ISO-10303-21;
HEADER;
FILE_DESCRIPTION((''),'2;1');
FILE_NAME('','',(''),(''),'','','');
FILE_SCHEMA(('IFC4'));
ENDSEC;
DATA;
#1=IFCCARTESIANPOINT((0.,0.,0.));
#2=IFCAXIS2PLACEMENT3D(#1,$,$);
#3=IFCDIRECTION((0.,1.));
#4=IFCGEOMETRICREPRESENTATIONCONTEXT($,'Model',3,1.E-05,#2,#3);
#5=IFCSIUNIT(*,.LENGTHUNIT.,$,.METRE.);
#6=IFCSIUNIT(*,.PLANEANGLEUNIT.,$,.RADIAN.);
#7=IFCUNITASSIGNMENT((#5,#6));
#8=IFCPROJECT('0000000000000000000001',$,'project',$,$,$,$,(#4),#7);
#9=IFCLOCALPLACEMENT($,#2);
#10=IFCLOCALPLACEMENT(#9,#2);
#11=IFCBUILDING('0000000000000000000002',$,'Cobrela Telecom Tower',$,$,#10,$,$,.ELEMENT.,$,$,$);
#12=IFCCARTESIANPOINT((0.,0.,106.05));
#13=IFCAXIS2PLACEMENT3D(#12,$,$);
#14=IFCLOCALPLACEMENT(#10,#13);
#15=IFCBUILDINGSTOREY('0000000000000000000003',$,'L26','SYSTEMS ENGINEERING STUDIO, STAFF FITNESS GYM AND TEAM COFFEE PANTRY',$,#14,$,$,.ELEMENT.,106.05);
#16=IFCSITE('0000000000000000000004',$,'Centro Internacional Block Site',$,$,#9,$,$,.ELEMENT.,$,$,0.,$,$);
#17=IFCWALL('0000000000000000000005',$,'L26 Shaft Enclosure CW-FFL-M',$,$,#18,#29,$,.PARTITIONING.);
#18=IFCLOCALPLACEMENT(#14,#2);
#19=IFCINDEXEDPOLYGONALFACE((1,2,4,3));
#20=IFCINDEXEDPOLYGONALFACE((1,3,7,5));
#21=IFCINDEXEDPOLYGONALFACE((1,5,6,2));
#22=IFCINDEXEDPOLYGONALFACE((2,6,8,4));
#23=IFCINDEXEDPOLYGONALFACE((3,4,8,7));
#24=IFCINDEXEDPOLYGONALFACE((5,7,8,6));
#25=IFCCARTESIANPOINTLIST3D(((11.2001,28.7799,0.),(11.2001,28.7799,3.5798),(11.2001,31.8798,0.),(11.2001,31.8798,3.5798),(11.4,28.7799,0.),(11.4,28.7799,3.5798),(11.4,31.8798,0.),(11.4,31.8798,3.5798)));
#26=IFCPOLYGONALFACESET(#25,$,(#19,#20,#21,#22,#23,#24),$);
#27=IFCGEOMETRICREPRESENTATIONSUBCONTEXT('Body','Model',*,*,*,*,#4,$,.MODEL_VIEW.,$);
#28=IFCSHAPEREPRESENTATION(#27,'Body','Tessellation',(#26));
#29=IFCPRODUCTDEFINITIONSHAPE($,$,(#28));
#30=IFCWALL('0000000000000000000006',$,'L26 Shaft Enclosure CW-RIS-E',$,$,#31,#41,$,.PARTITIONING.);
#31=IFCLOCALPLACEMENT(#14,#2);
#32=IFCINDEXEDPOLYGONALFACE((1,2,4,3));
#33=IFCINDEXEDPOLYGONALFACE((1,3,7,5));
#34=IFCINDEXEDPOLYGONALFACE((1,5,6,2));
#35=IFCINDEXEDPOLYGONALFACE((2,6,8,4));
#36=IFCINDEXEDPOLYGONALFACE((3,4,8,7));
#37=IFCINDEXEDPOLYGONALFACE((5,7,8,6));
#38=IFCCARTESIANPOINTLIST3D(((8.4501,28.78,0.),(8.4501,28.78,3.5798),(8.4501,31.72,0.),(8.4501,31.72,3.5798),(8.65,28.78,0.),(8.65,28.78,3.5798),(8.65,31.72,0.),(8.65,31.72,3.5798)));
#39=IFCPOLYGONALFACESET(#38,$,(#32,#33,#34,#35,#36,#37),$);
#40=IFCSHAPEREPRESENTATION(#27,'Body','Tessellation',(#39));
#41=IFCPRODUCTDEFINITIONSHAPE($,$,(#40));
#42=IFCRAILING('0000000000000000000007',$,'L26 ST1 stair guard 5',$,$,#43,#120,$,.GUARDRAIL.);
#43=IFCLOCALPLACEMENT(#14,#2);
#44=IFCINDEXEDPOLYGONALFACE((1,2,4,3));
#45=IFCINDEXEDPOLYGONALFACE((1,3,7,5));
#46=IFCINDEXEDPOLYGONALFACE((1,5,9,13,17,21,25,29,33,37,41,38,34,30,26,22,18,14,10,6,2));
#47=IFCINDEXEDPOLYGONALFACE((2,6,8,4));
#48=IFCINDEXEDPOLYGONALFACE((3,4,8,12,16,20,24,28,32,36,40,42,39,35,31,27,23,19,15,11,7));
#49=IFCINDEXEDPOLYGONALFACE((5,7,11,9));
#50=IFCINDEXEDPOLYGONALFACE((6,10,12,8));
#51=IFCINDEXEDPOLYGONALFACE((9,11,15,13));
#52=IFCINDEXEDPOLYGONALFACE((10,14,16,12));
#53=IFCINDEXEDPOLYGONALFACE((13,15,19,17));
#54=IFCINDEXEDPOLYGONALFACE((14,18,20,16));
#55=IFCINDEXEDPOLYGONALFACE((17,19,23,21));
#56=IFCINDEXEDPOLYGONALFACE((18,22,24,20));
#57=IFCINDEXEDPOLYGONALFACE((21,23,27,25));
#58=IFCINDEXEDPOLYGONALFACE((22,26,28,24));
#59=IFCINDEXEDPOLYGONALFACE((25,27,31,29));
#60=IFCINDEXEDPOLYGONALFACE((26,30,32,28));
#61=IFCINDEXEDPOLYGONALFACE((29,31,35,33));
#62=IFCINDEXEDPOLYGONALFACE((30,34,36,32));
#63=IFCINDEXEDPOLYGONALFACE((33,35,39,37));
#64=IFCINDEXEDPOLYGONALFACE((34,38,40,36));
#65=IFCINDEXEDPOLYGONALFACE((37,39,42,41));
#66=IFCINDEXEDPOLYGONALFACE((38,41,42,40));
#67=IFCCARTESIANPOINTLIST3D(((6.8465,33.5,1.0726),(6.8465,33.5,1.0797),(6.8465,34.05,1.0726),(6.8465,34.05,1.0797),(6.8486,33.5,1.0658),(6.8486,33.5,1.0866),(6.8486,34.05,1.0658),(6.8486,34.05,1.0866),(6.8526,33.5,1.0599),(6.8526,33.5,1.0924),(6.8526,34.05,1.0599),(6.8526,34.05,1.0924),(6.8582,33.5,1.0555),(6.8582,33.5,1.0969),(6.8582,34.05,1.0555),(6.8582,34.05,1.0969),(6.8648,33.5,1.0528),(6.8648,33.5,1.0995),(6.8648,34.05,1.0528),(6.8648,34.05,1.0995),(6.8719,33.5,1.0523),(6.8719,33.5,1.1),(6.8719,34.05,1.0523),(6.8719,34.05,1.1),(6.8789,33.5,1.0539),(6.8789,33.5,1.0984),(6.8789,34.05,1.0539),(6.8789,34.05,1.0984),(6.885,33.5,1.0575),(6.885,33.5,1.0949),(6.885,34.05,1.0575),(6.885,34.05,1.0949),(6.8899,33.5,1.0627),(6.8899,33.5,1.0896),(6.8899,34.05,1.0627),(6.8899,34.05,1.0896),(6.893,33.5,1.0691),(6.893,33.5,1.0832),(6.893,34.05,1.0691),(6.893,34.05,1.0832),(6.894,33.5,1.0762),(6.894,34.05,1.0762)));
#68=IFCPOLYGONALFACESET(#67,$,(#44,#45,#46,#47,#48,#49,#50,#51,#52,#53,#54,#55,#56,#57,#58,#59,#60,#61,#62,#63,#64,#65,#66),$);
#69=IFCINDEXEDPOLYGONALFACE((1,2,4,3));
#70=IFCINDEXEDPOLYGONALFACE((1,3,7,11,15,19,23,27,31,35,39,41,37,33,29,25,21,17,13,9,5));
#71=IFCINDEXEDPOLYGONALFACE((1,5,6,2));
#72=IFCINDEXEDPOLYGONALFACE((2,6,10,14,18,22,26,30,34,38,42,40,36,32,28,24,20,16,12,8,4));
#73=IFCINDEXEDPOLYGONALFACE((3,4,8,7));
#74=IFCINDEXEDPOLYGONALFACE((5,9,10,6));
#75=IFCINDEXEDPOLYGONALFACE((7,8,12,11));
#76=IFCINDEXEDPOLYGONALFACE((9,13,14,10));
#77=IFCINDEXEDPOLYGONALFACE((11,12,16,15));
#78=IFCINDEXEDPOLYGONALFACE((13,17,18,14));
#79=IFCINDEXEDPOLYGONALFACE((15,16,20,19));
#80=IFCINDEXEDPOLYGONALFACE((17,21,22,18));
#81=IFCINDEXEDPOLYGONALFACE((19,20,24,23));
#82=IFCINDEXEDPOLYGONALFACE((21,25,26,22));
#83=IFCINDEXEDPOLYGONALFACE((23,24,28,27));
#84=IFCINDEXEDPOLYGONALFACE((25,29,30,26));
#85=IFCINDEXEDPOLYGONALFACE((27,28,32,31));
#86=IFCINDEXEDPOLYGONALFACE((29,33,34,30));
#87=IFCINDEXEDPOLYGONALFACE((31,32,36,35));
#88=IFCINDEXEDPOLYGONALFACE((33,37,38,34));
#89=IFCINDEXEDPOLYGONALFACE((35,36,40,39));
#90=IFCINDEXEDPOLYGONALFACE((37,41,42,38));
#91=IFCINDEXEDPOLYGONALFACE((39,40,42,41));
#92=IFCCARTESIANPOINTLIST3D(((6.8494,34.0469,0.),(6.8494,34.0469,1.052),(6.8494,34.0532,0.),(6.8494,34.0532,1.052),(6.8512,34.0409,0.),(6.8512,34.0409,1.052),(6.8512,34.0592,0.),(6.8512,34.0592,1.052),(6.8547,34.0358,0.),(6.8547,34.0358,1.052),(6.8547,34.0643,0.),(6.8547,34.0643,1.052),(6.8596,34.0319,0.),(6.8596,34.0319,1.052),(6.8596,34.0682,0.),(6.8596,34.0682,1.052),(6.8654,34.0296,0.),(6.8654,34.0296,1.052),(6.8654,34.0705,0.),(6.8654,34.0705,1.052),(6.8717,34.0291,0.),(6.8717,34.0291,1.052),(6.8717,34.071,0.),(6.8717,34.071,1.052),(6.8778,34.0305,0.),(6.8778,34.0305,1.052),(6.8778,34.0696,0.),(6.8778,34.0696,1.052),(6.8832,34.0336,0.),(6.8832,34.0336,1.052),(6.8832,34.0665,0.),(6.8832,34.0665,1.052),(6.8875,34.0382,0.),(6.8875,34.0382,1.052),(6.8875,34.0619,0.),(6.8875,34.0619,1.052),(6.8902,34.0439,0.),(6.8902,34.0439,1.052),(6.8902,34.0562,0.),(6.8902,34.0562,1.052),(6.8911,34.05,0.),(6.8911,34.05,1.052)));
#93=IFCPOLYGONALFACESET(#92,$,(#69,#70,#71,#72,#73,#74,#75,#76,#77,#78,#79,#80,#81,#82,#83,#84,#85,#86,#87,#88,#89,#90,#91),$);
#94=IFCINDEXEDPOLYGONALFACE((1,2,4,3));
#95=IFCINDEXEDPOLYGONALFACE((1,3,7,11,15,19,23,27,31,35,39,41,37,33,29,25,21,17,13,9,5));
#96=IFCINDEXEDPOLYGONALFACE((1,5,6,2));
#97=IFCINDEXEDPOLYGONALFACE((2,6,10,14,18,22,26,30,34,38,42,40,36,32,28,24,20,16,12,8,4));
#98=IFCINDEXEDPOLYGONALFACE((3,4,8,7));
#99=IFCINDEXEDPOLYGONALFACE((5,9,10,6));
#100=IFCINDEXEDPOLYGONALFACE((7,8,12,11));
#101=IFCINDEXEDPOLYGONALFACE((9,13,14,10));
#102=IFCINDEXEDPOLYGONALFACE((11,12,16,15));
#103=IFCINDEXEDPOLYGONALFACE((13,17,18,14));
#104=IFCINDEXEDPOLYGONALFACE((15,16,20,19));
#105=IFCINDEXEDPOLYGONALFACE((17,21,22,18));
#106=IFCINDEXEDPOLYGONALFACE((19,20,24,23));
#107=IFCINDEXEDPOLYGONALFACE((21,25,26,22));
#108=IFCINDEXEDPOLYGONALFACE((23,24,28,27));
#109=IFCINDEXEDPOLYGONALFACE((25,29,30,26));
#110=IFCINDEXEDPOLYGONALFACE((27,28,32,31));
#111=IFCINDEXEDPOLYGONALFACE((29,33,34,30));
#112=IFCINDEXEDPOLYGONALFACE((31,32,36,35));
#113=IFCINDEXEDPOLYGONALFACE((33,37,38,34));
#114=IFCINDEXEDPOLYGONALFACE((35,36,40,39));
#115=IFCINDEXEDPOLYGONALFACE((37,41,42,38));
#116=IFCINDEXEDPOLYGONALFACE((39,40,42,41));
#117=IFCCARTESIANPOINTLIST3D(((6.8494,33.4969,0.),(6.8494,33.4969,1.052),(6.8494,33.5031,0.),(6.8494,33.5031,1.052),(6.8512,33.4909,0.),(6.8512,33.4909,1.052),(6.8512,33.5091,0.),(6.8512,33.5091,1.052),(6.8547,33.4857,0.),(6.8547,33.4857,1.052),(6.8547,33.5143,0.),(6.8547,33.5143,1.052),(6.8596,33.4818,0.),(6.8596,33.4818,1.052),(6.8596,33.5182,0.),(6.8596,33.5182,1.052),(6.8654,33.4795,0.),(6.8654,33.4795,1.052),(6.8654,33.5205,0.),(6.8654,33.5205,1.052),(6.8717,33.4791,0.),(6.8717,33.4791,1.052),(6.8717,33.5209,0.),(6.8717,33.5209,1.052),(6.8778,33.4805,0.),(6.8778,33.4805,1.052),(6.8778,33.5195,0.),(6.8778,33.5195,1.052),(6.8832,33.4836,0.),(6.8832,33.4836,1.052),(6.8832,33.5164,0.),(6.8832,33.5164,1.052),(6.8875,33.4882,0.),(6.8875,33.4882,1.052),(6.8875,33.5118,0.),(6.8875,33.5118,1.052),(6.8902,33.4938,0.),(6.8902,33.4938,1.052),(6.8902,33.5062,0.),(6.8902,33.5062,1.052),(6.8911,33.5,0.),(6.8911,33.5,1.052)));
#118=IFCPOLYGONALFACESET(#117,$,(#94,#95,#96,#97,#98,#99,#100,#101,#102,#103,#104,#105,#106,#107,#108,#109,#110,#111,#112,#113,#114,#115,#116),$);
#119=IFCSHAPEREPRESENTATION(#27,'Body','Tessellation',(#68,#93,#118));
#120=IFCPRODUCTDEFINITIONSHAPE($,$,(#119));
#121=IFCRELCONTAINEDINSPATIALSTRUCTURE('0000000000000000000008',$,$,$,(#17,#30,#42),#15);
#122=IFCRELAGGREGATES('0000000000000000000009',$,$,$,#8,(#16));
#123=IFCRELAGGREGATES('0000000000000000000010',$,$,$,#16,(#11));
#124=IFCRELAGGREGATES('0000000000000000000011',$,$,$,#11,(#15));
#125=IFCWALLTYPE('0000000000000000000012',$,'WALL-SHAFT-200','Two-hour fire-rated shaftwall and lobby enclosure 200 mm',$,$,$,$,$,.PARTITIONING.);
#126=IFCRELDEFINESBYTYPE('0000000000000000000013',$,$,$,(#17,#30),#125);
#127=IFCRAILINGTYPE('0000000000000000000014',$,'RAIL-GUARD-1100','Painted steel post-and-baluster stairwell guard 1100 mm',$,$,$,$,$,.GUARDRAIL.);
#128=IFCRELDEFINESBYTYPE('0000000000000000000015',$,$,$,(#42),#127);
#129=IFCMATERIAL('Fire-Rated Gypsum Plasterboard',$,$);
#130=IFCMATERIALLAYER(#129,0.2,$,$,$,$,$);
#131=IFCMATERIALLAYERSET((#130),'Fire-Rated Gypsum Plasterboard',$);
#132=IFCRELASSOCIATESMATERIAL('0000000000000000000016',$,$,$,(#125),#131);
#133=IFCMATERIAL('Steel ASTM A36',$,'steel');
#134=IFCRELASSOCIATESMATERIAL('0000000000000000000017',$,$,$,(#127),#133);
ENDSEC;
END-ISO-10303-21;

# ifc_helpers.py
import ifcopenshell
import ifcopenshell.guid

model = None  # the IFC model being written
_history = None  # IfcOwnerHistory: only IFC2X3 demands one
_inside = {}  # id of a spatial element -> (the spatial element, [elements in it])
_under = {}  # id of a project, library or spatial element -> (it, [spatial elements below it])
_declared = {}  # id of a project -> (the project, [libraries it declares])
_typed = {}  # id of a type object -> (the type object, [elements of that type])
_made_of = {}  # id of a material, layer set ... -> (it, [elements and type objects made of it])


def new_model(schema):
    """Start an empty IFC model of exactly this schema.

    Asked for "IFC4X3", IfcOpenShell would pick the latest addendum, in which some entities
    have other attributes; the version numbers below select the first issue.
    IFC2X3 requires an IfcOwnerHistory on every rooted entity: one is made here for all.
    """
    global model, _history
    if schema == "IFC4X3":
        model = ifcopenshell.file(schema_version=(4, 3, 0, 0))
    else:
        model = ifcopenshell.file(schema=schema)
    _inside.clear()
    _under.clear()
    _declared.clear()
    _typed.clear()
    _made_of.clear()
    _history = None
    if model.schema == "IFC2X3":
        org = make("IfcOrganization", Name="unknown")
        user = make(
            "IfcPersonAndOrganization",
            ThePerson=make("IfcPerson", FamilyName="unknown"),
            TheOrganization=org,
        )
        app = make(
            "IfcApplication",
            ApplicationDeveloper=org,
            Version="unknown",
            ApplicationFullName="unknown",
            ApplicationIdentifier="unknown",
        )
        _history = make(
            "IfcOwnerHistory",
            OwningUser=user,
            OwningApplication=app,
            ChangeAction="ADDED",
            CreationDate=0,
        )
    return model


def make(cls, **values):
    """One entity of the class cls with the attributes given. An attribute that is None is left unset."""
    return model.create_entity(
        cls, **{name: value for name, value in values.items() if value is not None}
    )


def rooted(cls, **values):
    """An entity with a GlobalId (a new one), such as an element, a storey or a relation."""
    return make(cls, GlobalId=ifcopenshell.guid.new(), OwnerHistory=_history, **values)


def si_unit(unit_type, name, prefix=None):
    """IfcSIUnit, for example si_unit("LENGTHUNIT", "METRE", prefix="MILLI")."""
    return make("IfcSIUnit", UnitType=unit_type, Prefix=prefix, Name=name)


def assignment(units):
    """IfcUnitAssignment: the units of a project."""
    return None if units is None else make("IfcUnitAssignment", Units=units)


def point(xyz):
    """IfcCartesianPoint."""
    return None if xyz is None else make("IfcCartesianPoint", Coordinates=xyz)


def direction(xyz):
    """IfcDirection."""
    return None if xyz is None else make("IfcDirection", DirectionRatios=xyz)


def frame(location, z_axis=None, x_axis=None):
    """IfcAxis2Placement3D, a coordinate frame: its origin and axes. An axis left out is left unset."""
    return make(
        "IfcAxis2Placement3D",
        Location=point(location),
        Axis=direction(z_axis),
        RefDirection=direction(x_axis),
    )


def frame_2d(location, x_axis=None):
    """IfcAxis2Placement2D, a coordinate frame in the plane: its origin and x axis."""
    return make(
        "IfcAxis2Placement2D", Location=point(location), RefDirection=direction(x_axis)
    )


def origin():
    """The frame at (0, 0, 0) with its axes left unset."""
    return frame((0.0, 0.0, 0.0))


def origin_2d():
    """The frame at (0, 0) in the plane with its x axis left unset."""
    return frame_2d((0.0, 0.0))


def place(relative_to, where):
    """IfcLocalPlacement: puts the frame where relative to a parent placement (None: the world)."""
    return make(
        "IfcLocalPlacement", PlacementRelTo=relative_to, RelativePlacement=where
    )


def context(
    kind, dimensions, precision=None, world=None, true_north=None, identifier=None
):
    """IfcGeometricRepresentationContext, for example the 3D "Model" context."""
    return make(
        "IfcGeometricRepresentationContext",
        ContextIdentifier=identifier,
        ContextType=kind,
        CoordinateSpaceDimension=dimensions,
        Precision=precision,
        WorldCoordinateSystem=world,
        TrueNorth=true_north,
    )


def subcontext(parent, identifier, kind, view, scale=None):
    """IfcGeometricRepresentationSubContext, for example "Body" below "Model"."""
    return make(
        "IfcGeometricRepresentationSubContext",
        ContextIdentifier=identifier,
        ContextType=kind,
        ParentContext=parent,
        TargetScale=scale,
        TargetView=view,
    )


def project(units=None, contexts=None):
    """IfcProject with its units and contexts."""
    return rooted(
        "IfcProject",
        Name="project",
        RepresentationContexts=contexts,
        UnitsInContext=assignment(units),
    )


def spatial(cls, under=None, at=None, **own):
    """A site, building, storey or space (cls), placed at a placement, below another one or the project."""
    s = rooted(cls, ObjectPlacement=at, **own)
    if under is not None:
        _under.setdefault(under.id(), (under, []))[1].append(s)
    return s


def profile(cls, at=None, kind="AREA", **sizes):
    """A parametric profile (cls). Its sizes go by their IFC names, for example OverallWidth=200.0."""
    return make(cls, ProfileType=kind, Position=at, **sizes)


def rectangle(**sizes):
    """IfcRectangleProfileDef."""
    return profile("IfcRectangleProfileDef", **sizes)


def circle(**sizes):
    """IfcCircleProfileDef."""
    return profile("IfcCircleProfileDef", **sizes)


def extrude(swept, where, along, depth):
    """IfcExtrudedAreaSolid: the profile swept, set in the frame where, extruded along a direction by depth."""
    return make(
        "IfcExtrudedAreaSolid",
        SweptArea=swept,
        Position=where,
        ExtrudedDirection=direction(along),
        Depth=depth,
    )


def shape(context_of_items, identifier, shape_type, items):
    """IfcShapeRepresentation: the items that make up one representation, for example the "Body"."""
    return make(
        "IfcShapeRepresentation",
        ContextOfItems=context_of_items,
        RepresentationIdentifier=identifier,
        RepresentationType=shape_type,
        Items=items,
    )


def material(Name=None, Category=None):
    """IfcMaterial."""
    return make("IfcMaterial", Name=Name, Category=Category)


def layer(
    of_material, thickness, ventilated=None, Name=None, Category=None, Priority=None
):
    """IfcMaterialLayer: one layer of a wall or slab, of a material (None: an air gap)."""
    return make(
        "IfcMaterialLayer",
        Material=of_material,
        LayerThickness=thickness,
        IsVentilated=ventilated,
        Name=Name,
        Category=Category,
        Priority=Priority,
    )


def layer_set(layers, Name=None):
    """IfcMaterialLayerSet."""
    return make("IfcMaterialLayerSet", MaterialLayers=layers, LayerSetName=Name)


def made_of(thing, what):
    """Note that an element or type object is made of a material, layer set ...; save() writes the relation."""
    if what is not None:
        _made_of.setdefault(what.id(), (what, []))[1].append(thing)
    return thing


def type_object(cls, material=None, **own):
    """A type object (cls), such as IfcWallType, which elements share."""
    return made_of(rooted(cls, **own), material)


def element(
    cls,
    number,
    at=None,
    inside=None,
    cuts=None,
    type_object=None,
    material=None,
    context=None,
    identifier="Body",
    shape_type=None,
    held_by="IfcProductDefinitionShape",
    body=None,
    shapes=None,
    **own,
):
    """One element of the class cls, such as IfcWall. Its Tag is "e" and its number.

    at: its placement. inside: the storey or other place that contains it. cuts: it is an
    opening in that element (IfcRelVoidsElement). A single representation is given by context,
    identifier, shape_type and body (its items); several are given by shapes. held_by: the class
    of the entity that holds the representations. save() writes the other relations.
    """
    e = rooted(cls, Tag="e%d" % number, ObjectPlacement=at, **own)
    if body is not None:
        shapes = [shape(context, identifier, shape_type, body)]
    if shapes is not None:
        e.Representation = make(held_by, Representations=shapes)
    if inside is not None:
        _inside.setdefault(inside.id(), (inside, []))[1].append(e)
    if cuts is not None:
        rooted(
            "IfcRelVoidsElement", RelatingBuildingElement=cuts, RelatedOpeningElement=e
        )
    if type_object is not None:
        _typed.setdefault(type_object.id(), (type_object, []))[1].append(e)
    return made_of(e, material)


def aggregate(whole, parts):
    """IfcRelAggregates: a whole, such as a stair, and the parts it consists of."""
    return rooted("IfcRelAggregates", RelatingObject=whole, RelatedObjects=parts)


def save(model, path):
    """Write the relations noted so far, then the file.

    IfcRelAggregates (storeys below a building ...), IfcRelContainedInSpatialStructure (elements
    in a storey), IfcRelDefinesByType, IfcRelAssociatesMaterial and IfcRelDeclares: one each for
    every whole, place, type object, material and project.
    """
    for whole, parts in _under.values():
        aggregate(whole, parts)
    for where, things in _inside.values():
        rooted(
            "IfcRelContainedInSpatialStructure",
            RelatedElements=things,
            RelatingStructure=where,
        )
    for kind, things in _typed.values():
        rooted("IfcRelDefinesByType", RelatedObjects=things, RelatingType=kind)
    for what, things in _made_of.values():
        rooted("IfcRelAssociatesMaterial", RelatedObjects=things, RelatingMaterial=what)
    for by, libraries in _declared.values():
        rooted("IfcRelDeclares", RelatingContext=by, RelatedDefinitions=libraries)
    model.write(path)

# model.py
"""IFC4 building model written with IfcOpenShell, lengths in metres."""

from ifc_helpers import new_model, si_unit, direction, frame, frame_2d, origin, origin_2d, place, context, subcontext, project, spatial, rectangle, circle, extrude, material, layer, layer_set, type_object, element, save


model = new_model("IFC4")

# Units and contexts
model_context = context("Model", 3, precision=1e-05, world=origin(), true_north=direction((0.0, 1.0)))
body_context = subcontext(model_context, "Body", "Model", "MODEL_VIEW")
ifc_project = project(units=[si_unit("LENGTHUNIT", "METRE"), si_unit("PLANEANGLEUNIT", "RADIAN")], contexts=[model_context])

# Site, building, storey
site_placement = place(None, origin())
site = spatial("IfcSite", under=ifc_project, at=site_placement, Name="Centro Internacional Block Site", CompositionType="ELEMENT", RefElevation=0.0)
building_placement = place(site_placement, origin())
building = spatial("IfcBuilding", under=site, at=building_placement, Name="Cobrela Telecom Tower", CompositionType="ELEMENT")
storey_placement = place(building_placement, frame((0.0, 0.0, 106.05)))
storey = spatial("IfcBuildingStorey", under=building, at=storey_placement, Name="L26", Description="SYSTEMS ENGINEERING STUDIO, STAFF FITNESS GYM AND TEAM COFFEE PANTRY", CompositionType="ELEMENT", Elevation=106.05)

# Shared definitions
ifc_material_1 = material(Name="Steel ASTM A36", Category="steel")

# Shared definitions
ifc_material_2 = material(Name="Fire-Rated Gypsum Plasterboard")

# Shared definitions
ifc_layer_1 = layer(ifc_material_2, 0.2)
ifc_layer_set_1 = layer_set([ifc_layer_1], Name="Fire-Rated Gypsum Plasterboard")
wall_type_1 = type_object("IfcWallType", Name="WALL-SHAFT-200", Description="Two-hour fire-rated shaftwall and lobby enclosure 200 mm", PredefinedType="PARTITIONING", material=ifc_layer_set_1)

# Walls
for number, where, z_axis, x_axis, name in (
    (1, (11.3, 28.78, 0.0), (0.0, 0.0, 1.0), (0.0, 1.0, 0.0), "L26 Shaft Enclosure CW-FFL-M"),
):
    element("IfcWall", number, at=place(storey_placement, frame(where, z_axis=z_axis, x_axis=x_axis)), inside=storey, type_object=wall_type_1, Name=name, PredefinedType="PARTITIONING", context=body_context, shape_type="SweptSolid", body=[
        extrude(rectangle(XDim=3.0999, YDim=0.2, at=frame_2d((1.5498, 0.0))), origin(), (0.0, 0.0, 1.0), 3.5798),
    ])
wall_1_placement = place(storey_placement, frame((8.55, 28.78, 0.0), z_axis=(0.0, 0.0, 1.0), x_axis=(0.0, 1.0, 0.0)))
element("IfcWall", 2, at=wall_1_placement, inside=storey, type_object=wall_type_1, Name="L26 Shaft Enclosure CW-RIS-E", PredefinedType="PARTITIONING", context=body_context, shape_type="SweptSolid", body=[
    extrude(rectangle(XDim=2.9399, YDim=0.2, at=frame_2d((1.47, 0.0))), origin(), (0.0, 0.0, 1.0), 3.5798),
])

# Railing
railing_type_1 = type_object("IfcRailingType", Name="RAIL-GUARD-1100", Description="Painted steel post-and-baluster stairwell guard 1100 mm", PredefinedType="GUARDRAIL", material=ifc_material_1)
railing_1_placement = place(storey_placement, frame((6.8701, 34.05, 0.0)))
element("IfcRailing", 3, at=railing_1_placement, inside=storey, type_object=railing_type_1, Name="L26 ST1 stair guard 5", PredefinedType="GUARDRAIL", context=body_context, shape_type="SweptSolid", body=[
    extrude(circle(Radius=0.0239, at=origin_2d()), frame((0.0, 0.0, 1.0762), z_axis=(0.0, -1.0, 0.0), x_axis=(1.0, 0.0, 0.0)), (0.0, 0.0, 1.0), 0.55),
    extrude(circle(Radius=0.021, at=origin_2d()), origin(), (0.0, 0.0, 1.0), 1.052),
    extrude(circle(Radius=0.021, at=origin_2d()), frame((0.0, -0.55, 0.0)), (0.0, 0.0, 1.0), 1.052),
])

save(model, "model.ifc")
